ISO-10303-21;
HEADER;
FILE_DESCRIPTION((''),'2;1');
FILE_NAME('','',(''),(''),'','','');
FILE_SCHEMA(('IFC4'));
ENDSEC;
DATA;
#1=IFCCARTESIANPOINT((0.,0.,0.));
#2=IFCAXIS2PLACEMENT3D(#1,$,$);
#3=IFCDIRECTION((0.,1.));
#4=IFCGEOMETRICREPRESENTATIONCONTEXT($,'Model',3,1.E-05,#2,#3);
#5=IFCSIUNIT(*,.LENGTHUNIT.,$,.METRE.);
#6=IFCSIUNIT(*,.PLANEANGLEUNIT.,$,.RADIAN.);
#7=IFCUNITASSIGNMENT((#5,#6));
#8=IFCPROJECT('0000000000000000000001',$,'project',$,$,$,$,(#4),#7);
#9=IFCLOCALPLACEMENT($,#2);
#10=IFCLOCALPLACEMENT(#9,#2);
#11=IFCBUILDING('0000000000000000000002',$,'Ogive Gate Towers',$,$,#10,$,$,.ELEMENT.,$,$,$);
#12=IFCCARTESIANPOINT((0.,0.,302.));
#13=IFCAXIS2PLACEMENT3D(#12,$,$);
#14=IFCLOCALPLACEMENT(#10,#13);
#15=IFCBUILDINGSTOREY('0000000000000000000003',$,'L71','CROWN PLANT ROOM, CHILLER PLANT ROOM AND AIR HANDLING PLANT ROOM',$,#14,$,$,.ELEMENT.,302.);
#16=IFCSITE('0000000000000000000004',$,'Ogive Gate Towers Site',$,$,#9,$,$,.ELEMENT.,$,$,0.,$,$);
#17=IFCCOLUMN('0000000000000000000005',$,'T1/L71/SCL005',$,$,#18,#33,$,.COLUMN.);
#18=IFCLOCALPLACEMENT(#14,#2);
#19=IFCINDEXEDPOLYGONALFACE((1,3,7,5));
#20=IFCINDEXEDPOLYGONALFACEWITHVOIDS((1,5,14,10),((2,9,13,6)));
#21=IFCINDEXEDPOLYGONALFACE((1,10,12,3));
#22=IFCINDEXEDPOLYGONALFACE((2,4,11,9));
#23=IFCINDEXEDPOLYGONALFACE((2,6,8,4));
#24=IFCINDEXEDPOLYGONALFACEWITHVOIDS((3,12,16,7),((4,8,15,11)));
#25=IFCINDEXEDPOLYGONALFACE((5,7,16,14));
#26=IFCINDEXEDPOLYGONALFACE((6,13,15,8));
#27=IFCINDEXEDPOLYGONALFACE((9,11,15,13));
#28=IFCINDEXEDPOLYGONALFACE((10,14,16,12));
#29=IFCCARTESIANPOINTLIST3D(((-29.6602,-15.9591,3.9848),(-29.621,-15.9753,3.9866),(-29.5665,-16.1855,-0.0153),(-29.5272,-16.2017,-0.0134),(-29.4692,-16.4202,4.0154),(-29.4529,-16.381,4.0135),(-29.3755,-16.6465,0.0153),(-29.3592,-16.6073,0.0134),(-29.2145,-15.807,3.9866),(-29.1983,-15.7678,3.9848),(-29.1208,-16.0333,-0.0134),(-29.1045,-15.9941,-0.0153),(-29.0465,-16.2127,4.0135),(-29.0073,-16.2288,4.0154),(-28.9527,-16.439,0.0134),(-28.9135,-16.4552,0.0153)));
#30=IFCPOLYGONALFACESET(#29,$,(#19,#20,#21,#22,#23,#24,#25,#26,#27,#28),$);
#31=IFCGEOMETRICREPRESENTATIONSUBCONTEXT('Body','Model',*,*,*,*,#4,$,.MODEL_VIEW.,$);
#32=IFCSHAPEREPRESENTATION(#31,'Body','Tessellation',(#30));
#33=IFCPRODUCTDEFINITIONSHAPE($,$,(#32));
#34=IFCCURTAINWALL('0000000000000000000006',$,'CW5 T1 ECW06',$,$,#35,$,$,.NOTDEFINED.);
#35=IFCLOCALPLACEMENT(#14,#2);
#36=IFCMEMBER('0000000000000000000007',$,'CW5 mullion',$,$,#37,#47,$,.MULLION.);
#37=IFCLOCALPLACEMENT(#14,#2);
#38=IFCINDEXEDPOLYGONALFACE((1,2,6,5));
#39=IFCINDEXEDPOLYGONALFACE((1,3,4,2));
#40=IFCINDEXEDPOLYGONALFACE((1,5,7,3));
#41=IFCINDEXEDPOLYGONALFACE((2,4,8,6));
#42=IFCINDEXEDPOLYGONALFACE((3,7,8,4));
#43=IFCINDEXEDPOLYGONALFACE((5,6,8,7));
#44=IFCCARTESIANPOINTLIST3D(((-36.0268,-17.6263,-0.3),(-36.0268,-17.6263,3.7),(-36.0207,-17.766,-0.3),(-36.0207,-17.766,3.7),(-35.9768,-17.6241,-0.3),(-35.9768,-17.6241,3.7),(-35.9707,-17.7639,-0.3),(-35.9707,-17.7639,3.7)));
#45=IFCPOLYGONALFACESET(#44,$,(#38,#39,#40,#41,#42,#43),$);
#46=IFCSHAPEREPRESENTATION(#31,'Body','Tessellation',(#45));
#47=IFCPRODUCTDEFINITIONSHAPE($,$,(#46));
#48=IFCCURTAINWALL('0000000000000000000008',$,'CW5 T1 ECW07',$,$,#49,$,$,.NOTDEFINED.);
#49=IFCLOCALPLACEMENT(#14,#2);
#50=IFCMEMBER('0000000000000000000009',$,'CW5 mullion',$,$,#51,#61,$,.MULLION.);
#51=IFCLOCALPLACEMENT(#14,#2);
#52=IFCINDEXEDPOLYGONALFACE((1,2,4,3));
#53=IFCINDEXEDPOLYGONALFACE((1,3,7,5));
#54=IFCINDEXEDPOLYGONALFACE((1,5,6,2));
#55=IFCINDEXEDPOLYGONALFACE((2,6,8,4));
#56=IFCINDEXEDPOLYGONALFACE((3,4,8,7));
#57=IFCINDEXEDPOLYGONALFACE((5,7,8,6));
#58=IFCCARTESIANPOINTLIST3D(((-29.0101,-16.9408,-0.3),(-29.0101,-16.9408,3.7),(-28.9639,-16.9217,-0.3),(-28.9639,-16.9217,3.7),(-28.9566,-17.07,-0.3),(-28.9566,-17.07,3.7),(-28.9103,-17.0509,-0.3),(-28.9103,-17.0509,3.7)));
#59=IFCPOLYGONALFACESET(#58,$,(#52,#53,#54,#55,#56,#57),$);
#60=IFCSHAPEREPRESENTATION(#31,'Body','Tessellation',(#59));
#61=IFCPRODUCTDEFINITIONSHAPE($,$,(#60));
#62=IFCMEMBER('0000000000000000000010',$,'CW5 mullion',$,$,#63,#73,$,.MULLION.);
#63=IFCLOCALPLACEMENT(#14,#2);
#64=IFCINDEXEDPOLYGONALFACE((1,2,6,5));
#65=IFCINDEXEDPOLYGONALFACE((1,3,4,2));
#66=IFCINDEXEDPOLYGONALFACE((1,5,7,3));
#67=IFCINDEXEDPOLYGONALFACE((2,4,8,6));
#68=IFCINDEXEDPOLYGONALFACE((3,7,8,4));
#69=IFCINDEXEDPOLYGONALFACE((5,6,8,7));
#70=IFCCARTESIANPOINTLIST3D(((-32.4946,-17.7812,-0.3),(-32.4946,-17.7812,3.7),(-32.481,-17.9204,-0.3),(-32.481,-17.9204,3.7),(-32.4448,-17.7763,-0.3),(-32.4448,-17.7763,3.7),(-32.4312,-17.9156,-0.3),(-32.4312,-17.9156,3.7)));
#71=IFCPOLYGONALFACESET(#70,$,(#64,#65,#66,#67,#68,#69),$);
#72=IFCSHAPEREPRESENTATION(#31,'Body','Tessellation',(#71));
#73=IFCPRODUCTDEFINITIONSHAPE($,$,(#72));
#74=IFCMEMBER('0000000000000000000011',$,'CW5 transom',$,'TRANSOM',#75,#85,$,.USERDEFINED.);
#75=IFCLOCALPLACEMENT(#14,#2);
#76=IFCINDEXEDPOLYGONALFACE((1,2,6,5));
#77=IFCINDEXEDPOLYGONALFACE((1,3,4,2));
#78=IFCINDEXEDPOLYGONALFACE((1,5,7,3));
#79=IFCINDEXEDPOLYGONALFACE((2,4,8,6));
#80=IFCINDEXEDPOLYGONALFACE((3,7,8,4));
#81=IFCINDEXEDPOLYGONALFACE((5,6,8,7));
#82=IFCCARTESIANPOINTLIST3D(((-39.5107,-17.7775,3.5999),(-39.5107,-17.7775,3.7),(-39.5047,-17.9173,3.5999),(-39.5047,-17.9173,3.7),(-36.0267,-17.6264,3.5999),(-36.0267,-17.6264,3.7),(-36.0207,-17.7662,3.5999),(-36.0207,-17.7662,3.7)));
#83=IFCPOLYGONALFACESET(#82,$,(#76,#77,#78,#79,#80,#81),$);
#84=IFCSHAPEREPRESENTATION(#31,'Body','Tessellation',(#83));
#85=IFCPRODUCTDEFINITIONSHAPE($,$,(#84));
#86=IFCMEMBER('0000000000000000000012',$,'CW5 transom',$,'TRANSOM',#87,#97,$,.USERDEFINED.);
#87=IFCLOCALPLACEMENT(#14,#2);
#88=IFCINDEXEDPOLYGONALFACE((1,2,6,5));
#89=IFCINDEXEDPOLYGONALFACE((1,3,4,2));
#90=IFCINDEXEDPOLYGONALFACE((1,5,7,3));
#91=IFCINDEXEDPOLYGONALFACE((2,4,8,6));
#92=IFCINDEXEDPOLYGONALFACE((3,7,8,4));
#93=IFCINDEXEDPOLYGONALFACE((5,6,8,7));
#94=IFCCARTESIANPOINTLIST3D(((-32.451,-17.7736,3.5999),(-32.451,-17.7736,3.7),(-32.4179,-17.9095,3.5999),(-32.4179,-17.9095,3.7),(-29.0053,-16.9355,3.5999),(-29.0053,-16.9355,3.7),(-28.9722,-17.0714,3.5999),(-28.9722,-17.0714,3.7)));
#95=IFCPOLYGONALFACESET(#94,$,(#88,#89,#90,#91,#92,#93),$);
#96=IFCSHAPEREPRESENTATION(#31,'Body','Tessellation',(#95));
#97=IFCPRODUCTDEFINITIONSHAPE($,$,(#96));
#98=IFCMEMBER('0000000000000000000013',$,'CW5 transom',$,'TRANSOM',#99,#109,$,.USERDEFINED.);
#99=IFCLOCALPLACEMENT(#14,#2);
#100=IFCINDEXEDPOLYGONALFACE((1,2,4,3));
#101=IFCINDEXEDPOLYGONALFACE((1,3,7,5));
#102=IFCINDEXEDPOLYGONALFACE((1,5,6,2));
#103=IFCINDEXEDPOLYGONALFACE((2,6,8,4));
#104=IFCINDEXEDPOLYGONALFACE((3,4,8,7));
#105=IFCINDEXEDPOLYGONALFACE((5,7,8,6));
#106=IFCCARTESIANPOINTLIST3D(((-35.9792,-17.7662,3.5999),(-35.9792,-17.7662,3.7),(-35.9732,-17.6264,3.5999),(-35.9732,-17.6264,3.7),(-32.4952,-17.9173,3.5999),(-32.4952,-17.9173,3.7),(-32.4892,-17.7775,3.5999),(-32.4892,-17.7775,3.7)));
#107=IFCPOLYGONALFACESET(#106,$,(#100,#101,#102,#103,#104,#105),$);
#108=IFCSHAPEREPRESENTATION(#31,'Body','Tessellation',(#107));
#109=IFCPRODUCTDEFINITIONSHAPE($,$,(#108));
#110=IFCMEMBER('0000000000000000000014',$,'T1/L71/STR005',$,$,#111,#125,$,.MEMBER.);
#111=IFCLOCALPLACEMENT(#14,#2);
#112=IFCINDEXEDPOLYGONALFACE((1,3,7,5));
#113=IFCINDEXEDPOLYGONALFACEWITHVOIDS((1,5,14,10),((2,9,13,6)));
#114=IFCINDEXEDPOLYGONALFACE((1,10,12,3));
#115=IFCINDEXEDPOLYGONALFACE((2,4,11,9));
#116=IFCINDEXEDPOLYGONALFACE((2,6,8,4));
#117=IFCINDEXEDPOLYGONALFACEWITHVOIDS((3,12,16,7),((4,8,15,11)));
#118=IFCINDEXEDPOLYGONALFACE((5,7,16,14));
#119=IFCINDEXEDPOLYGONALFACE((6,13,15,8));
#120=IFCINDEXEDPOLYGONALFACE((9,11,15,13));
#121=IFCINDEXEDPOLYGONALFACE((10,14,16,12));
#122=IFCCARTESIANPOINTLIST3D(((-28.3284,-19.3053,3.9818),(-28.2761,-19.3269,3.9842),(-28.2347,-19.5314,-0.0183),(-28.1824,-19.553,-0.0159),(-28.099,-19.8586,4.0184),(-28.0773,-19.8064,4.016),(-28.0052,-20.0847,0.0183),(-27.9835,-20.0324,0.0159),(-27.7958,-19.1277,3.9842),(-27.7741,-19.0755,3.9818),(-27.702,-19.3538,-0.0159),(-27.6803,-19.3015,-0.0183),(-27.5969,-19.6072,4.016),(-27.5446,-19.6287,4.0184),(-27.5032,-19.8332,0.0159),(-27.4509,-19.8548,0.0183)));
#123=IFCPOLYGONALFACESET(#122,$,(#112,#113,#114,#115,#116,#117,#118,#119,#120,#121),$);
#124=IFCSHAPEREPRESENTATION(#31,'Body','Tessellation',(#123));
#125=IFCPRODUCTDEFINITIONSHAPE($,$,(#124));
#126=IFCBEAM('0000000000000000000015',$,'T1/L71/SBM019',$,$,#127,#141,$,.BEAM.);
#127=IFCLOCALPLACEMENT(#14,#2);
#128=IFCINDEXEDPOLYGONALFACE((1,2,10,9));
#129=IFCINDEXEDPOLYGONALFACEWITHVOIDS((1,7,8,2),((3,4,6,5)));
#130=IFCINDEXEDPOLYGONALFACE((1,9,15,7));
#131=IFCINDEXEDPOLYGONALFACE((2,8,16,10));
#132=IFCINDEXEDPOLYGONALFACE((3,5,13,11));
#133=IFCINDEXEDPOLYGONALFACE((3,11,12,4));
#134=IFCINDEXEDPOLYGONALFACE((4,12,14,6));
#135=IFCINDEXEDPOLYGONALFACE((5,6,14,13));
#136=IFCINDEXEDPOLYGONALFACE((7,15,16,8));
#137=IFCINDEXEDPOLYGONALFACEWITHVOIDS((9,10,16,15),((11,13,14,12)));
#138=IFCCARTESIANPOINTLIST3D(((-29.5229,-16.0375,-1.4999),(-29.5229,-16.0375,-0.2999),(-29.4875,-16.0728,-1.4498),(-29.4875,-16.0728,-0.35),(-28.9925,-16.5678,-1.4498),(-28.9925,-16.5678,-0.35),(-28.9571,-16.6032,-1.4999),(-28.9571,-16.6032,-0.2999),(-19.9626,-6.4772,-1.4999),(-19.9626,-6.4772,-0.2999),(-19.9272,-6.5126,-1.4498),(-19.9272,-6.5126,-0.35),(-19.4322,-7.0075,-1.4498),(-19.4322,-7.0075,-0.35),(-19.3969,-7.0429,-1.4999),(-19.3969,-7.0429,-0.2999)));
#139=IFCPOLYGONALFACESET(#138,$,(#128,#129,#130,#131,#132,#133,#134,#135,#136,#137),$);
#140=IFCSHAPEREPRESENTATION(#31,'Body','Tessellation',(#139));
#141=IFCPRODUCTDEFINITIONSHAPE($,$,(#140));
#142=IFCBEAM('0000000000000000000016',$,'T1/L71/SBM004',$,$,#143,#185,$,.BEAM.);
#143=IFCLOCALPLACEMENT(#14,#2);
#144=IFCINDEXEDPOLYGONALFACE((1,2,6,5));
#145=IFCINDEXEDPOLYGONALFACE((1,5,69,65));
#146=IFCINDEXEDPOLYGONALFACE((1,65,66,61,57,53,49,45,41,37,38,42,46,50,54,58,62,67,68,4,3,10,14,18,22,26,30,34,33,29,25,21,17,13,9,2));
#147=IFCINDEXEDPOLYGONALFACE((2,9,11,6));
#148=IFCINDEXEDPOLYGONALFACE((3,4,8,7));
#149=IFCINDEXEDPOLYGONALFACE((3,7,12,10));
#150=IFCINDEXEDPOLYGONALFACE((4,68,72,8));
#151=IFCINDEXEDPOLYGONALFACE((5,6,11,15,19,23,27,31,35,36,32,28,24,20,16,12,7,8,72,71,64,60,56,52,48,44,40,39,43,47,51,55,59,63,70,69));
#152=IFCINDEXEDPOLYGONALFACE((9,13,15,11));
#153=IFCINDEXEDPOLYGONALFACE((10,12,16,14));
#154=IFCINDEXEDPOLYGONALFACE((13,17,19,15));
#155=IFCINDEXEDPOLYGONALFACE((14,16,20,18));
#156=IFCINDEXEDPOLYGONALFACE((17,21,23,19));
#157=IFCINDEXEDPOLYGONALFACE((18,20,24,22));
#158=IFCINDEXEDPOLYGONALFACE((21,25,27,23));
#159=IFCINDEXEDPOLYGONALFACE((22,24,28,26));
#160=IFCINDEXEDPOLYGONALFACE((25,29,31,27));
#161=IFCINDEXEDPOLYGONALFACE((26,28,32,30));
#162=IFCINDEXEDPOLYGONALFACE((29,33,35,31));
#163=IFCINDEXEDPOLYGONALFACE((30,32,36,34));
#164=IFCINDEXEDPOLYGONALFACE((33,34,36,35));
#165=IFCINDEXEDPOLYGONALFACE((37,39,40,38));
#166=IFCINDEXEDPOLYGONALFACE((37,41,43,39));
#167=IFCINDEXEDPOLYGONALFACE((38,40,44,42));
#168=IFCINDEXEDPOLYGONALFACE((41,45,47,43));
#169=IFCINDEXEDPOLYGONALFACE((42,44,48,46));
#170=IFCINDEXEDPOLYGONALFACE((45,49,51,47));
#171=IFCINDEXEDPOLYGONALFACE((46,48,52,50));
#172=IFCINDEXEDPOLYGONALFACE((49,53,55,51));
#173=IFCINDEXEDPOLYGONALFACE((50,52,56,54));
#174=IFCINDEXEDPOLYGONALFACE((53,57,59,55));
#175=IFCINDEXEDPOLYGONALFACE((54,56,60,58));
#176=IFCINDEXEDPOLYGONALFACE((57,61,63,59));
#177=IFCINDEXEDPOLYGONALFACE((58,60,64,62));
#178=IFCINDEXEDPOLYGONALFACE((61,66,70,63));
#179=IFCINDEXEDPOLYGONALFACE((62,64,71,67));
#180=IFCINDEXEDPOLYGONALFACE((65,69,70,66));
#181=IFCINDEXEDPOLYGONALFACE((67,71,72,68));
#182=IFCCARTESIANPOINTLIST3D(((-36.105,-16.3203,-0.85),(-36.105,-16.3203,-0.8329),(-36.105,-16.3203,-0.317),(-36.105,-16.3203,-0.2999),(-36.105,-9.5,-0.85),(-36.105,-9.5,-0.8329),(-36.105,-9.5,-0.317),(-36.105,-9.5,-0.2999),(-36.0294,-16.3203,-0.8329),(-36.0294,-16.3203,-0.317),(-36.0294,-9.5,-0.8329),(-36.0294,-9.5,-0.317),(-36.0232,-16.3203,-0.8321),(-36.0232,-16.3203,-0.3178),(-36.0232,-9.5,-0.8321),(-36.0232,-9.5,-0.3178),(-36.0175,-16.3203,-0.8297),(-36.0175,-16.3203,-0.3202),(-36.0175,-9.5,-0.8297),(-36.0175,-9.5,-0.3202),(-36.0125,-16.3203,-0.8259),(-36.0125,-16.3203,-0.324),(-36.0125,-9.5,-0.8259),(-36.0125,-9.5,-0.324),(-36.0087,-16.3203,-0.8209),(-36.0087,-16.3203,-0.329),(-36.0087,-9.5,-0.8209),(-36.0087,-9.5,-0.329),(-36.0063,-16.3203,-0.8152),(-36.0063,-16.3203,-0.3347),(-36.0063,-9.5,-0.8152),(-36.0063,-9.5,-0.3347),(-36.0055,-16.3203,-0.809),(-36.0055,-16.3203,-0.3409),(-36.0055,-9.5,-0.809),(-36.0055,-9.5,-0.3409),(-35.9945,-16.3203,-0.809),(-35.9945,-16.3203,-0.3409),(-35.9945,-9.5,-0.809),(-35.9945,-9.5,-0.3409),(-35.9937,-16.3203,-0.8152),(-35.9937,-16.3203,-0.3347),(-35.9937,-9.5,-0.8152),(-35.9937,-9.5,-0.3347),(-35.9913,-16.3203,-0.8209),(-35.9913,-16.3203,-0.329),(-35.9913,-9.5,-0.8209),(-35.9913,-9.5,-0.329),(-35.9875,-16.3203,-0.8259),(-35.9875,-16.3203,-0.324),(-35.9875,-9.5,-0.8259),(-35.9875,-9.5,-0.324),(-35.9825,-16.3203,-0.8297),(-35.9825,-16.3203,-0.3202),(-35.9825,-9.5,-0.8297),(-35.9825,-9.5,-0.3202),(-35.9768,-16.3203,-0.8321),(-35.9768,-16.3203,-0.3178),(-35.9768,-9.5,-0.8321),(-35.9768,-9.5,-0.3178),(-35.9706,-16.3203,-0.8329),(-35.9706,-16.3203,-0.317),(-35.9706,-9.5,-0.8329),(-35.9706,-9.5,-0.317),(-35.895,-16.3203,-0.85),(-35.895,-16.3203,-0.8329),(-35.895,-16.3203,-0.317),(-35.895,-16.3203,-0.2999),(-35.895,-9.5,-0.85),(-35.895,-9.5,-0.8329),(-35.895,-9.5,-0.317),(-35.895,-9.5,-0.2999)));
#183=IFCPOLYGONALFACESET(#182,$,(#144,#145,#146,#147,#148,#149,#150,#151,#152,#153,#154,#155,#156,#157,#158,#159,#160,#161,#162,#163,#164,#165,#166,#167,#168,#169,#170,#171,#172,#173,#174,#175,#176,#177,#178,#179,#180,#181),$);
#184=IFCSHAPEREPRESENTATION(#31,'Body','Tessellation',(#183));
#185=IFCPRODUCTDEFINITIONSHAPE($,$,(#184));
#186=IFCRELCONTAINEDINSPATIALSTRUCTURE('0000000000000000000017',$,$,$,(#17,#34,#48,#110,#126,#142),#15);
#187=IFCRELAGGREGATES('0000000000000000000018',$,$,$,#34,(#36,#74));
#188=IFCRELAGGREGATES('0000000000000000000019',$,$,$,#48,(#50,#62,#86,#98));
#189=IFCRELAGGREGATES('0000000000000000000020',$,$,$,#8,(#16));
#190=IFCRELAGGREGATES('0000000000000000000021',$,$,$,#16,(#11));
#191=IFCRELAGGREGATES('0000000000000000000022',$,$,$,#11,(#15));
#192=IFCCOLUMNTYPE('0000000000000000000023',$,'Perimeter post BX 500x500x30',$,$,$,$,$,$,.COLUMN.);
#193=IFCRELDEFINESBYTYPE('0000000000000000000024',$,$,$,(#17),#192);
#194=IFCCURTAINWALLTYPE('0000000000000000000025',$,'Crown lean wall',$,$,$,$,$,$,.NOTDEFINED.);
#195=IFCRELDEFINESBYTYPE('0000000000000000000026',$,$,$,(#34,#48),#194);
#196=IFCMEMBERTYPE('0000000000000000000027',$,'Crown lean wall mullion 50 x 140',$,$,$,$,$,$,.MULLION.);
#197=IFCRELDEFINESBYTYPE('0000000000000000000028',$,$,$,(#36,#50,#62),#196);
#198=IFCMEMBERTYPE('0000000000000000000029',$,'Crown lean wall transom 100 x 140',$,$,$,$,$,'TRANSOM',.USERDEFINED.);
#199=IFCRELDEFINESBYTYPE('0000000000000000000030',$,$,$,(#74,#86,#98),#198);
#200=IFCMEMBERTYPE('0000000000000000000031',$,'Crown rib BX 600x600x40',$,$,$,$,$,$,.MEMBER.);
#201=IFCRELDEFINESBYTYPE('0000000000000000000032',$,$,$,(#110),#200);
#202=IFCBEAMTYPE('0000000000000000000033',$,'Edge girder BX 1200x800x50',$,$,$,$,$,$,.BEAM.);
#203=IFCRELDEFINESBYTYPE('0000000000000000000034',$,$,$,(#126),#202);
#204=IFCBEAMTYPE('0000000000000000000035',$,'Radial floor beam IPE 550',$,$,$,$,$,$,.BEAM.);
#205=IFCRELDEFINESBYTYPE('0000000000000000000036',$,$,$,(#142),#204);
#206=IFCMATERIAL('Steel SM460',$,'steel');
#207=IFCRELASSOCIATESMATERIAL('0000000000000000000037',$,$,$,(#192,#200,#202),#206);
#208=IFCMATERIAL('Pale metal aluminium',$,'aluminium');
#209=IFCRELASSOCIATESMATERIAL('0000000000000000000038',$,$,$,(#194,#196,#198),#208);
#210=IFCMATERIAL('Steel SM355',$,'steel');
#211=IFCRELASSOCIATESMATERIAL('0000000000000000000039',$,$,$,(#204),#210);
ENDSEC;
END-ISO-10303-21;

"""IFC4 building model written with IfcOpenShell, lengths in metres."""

from ifc_helpers import new_model, si_unit, direction, frame, origin, origin_2d, place, context, subcontext, project, spatial, rectangle, hollow_rectangle, i_section, extrude, material, material_profile, profile_set, type_object, element, aggregate, save


model = new_model("IFC4")

# Units and contexts
model_context = context("Model", 3, precision=1e-05, world=origin(), true_north=direction((0.0, 1.0)))
body_context = subcontext(model_context, "Body", "Model", "MODEL_VIEW")
ifc_project = project(units=[si_unit("LENGTHUNIT", "METRE"), si_unit("PLANEANGLEUNIT", "RADIAN")], contexts=[model_context])

# Site, building, storey
site_placement = place(None, origin())
site = spatial("IfcSite", under=ifc_project, at=site_placement, Name="Ogive Gate Towers Site", CompositionType="ELEMENT", RefElevation=0.0)
building_placement = place(site_placement, origin())
building = spatial("IfcBuilding", under=site, at=building_placement, Name="Ogive Gate Towers", CompositionType="ELEMENT")
storey_placement = place(building_placement, frame((0.0, 0.0, 302.0)))
storey = spatial("IfcBuildingStorey", under=building, at=storey_placement, Name="L71", Description="CROWN PLANT ROOM, CHILLER PLANT ROOM AND AIR HANDLING PLANT ROOM", CompositionType="ELEMENT", Elevation=302.0)

# Column
ifc_material_1 = material(Name="Steel SM460", Category="steel")
ifc_material_profile_1 = material_profile(ifc_material_1, hollow_rectangle(XDim=0.5, YDim=0.5, WallThickness=0.03, at=origin_2d()), Name="BX 500x500x30")
ifc_profile_set_1 = profile_set([ifc_material_profile_1], Name="Steel SM460")
column_type = type_object("IfcColumnType", Name="Perimeter post BX 500x500x30", PredefinedType="COLUMN", material=ifc_profile_set_1)
column_placement = place(storey_placement, frame((-29.24, -16.3203, 0.0), z_axis=(-0.023394, 0.056474, 0.99813), x_axis=(-0.923871, -0.382704, 0.0)))
element("IfcColumn", 1, at=column_placement, inside=storey, type_object=column_type, Name="T1/L71/SCL005", PredefinedType="COLUMN", context=body_context, shape_type="SweptSolid", body=[
    extrude(hollow_rectangle(XDim=0.5, YDim=0.5, WallThickness=0.03, at=origin_2d()), origin(), (0.0, 0.0, 1.0), 4.0076),
])

# Curtain wall, member
ifc_material_2 = material(Name="Pale metal aluminium", Category="aluminium")
curtain_wall_type = type_object("IfcCurtainWallType", Name="Crown lean wall", PredefinedType="NOTDEFINED", material=ifc_material_2)
curtain_wall_1_placement = place(storey_placement, origin())
curtain_wall_1 = element("IfcCurtainWall", 2, at=curtain_wall_1_placement, inside=storey, type_object=curtain_wall_type, Name="CW5 T1 ECW06", PredefinedType="NOTDEFINED")
ifc_material_profile_2 = material_profile(ifc_material_2, rectangle(XDim=0.1399, YDim=0.05, at=origin_2d()), Name="50 x 140 aluminium box")
ifc_profile_set_2 = profile_set([ifc_material_profile_2], Name="Pale metal aluminium")
member_type_1 = type_object("IfcMemberType", Name="Crown lean wall mullion 50 x 140", PredefinedType="MULLION", material=ifc_profile_set_2)
member_1_placement = place(storey_placement, frame((-35.9988, -17.6951, -0.3), z_axis=(0.0, 0.0, 1.0), x_axis=(-0.04334, 0.99906, 0.0)))
member_1 = element("IfcMember", 3, at=member_1_placement, type_object=member_type_1, Name="CW5 mullion", PredefinedType="MULLION", context=body_context, shape_type="SweptSolid", body=[
    extrude(rectangle(XDim=0.1399, YDim=0.05, at=origin_2d()), origin(), (0.0, 0.0, 1.0), 4.0),
])

# Curtain wall, members
curtain_wall_2_placement = place(storey_placement, origin())
curtain_wall_2 = element("IfcCurtainWall", 4, at=curtain_wall_2_placement, inside=storey, type_object=curtain_wall_type, Name="CW5 T1 ECW07", PredefinedType="NOTDEFINED")
member_2_placement = place(storey_placement, frame((-28.9602, -16.9958, -0.3), z_axis=(0.0, 0.0, 1.0), x_axis=(-0.382683, 0.92388, 0.0)))
member_2 = element("IfcMember", 5, at=member_2_placement, type_object=member_type_1, Name="CW5 mullion", PredefinedType="MULLION", context=body_context, shape_type="SweptSolid", body=[
    extrude(rectangle(XDim=0.1399, YDim=0.05, at=origin_2d()), origin(), (0.0, 0.0, 1.0), 4.0),
])
member_3_placement = place(storey_placement, frame((-32.4629, -17.8484, -0.3), z_axis=(0.0, 0.0, 1.0), x_axis=(-0.097513, 0.995234, 0.0)))
member_3 = element("IfcMember", 6, at=member_3_placement, type_object=member_type_1, Name="CW5 mullion", PredefinedType="MULLION", context=body_context, shape_type="SweptSolid", body=[
    extrude(rectangle(XDim=0.1399, YDim=0.05, at=origin_2d()), origin(), (0.0, 0.0, 1.0), 4.0),
])

# Members
ifc_material_profile_3 = material_profile(ifc_material_2, rectangle(XDim=0.1399, YDim=0.1001, at=origin_2d()), Name="100 x 140 aluminium box")
ifc_profile_set_3 = profile_set([ifc_material_profile_3], Name="Pale metal aluminium")
member_type_2 = type_object("IfcMemberType", Name="Crown lean wall transom 100 x 140", ElementType="TRANSOM", PredefinedType="USERDEFINED", material=ifc_profile_set_3)
member_4_placement = place(storey_placement, frame((-36.0237, -17.6963, 3.6499), z_axis=(-0.999061, -0.043334, 0.0), x_axis=(0.043334, -0.999061, 0.0)))
member_4 = element("IfcMember", 7, at=member_4_placement, type_object=member_type_2, Name="CW5 transom", ObjectType="TRANSOM", PredefinedType="USERDEFINED", context=body_context, shape_type="SweptSolid", body=[
    extrude(rectangle(XDim=0.1399, YDim=0.1001, at=origin_2d()), origin(), (0.0, 0.0, 1.0), 3.4873),
])
aggregate(curtain_wall_1, [member_1, member_4])
member_5_placement = place(storey_placement, frame((-28.9888, -17.0034, 3.6499), z_axis=(-0.971666, -0.236359, 0.0), x_axis=(0.236359, -0.971666, 0.0)))
member_5 = element("IfcMember", 8, at=member_5_placement, type_object=member_type_2, Name="CW5 transom", ObjectType="TRANSOM", PredefinedType="USERDEFINED", context=body_context, shape_type="SweptSolid", body=[
    extrude(rectangle(XDim=0.1399, YDim=0.1001, at=origin_2d()), origin(), (0.0, 0.0, 1.0), 3.5461),
])
member_6_placement = place(storey_placement, frame((-32.4922, -17.8474, 3.6499), z_axis=(-0.999061, 0.043334, 0.0), x_axis=(-0.043334, -0.999061, 0.0)))
member_6 = element("IfcMember", 9, at=member_6_placement, type_object=member_type_2, Name="CW5 transom", ObjectType="TRANSOM", PredefinedType="USERDEFINED", context=body_context, shape_type="SweptSolid", body=[
    extrude(rectangle(XDim=0.1399, YDim=0.1001, at=origin_2d()), origin(), (0.0, 0.0, 1.0), 3.4873),
])
ifc_material_profile_4 = material_profile(ifc_material_1, hollow_rectangle(XDim=0.6001, YDim=0.6001, WallThickness=0.04, at=origin_2d()), Name="BX 600x600x40")
ifc_profile_set_4 = profile_set([ifc_material_profile_4], Name="Steel SM460")
member_type_3 = type_object("IfcMemberType", Name="Crown rib BX 600x600x40", PredefinedType="MEMBER", material=ifc_profile_set_4)
member_7_placement = place(storey_placement, frame((-27.8428, -19.6931, 0.0), z_axis=(-0.023394, 0.056413, 0.998133), x_axis=(-0.923725, -0.383057, 0.0)))
element("IfcMember", 10, at=member_7_placement, inside=storey, type_object=member_type_3, Name="T1/L71/STR005", PredefinedType="MEMBER", context=body_context, shape_type="SweptSolid", body=[
    extrude(hollow_rectangle(XDim=0.6001, YDim=0.6001, WallThickness=0.04, at=origin_2d()), origin(), (0.0, 0.0, 1.0), 4.0076),
])

# Beams
ifc_material_profile_5 = material_profile(ifc_material_1, hollow_rectangle(XDim=0.8, YDim=1.2, WallThickness=0.05, at=origin_2d()), Name="BX 1200x800x50")
ifc_profile_set_5 = profile_set([ifc_material_profile_5], Name="Steel SM460")
beam_type_1 = type_object("IfcBeamType", Name="Edge girder BX 1200x800x50", PredefinedType="BEAM", material=ifc_profile_set_5)
beam_1_placement = place(storey_placement, frame((-29.24, -16.3203, -0.8999), z_axis=(0.707107, 0.707107, 0.0), x_axis=(-0.707107, 0.707107, 0.0)))
element("IfcBeam", 11, at=beam_1_placement, inside=storey, type_object=beam_type_1, Name="T1/L71/SBM019", PredefinedType="BEAM", context=body_context, shape_type="SweptSolid", body=[
    extrude(hollow_rectangle(XDim=0.8, YDim=1.2, WallThickness=0.05, at=origin_2d()), origin(), (0.0, 0.0, 1.0), 13.5203),
])
ifc_material_3 = material(Name="Steel SM355", Category="steel")
ifc_material_profile_6 = material_profile(ifc_material_3, i_section(OverallWidth=0.21, OverallDepth=0.55, WebThickness=0.011, FlangeThickness=0.0171, FilletRadius=0.0239, at=origin_2d()), Name="IPE 550")
ifc_profile_set_6 = profile_set([ifc_material_profile_6], Name="Steel SM355")
beam_type_2 = type_object("IfcBeamType", Name="Radial floor beam IPE 550", PredefinedType="BEAM", material=ifc_profile_set_6)
beam_2_placement = place(storey_placement, frame((-36.0, -9.5, -0.575), z_axis=(0.0, -1.0, 0.0), x_axis=(1.0, 0.0, 0.0)))
element("IfcBeam", 12, at=beam_2_placement, inside=storey, type_object=beam_type_2, Name="T1/L71/SBM004", PredefinedType="BEAM", context=body_context, shape_type="SweptSolid", body=[
    extrude(i_section(OverallWidth=0.21, OverallDepth=0.55, WebThickness=0.011, FlangeThickness=0.0171, FilletRadius=0.0239, at=origin_2d()), origin(), (0.0, 0.0, 1.0), 6.8203),
])

aggregate(curtain_wall_2, [member_2, member_3, member_5, member_6])

save(model, "model.ifc")
